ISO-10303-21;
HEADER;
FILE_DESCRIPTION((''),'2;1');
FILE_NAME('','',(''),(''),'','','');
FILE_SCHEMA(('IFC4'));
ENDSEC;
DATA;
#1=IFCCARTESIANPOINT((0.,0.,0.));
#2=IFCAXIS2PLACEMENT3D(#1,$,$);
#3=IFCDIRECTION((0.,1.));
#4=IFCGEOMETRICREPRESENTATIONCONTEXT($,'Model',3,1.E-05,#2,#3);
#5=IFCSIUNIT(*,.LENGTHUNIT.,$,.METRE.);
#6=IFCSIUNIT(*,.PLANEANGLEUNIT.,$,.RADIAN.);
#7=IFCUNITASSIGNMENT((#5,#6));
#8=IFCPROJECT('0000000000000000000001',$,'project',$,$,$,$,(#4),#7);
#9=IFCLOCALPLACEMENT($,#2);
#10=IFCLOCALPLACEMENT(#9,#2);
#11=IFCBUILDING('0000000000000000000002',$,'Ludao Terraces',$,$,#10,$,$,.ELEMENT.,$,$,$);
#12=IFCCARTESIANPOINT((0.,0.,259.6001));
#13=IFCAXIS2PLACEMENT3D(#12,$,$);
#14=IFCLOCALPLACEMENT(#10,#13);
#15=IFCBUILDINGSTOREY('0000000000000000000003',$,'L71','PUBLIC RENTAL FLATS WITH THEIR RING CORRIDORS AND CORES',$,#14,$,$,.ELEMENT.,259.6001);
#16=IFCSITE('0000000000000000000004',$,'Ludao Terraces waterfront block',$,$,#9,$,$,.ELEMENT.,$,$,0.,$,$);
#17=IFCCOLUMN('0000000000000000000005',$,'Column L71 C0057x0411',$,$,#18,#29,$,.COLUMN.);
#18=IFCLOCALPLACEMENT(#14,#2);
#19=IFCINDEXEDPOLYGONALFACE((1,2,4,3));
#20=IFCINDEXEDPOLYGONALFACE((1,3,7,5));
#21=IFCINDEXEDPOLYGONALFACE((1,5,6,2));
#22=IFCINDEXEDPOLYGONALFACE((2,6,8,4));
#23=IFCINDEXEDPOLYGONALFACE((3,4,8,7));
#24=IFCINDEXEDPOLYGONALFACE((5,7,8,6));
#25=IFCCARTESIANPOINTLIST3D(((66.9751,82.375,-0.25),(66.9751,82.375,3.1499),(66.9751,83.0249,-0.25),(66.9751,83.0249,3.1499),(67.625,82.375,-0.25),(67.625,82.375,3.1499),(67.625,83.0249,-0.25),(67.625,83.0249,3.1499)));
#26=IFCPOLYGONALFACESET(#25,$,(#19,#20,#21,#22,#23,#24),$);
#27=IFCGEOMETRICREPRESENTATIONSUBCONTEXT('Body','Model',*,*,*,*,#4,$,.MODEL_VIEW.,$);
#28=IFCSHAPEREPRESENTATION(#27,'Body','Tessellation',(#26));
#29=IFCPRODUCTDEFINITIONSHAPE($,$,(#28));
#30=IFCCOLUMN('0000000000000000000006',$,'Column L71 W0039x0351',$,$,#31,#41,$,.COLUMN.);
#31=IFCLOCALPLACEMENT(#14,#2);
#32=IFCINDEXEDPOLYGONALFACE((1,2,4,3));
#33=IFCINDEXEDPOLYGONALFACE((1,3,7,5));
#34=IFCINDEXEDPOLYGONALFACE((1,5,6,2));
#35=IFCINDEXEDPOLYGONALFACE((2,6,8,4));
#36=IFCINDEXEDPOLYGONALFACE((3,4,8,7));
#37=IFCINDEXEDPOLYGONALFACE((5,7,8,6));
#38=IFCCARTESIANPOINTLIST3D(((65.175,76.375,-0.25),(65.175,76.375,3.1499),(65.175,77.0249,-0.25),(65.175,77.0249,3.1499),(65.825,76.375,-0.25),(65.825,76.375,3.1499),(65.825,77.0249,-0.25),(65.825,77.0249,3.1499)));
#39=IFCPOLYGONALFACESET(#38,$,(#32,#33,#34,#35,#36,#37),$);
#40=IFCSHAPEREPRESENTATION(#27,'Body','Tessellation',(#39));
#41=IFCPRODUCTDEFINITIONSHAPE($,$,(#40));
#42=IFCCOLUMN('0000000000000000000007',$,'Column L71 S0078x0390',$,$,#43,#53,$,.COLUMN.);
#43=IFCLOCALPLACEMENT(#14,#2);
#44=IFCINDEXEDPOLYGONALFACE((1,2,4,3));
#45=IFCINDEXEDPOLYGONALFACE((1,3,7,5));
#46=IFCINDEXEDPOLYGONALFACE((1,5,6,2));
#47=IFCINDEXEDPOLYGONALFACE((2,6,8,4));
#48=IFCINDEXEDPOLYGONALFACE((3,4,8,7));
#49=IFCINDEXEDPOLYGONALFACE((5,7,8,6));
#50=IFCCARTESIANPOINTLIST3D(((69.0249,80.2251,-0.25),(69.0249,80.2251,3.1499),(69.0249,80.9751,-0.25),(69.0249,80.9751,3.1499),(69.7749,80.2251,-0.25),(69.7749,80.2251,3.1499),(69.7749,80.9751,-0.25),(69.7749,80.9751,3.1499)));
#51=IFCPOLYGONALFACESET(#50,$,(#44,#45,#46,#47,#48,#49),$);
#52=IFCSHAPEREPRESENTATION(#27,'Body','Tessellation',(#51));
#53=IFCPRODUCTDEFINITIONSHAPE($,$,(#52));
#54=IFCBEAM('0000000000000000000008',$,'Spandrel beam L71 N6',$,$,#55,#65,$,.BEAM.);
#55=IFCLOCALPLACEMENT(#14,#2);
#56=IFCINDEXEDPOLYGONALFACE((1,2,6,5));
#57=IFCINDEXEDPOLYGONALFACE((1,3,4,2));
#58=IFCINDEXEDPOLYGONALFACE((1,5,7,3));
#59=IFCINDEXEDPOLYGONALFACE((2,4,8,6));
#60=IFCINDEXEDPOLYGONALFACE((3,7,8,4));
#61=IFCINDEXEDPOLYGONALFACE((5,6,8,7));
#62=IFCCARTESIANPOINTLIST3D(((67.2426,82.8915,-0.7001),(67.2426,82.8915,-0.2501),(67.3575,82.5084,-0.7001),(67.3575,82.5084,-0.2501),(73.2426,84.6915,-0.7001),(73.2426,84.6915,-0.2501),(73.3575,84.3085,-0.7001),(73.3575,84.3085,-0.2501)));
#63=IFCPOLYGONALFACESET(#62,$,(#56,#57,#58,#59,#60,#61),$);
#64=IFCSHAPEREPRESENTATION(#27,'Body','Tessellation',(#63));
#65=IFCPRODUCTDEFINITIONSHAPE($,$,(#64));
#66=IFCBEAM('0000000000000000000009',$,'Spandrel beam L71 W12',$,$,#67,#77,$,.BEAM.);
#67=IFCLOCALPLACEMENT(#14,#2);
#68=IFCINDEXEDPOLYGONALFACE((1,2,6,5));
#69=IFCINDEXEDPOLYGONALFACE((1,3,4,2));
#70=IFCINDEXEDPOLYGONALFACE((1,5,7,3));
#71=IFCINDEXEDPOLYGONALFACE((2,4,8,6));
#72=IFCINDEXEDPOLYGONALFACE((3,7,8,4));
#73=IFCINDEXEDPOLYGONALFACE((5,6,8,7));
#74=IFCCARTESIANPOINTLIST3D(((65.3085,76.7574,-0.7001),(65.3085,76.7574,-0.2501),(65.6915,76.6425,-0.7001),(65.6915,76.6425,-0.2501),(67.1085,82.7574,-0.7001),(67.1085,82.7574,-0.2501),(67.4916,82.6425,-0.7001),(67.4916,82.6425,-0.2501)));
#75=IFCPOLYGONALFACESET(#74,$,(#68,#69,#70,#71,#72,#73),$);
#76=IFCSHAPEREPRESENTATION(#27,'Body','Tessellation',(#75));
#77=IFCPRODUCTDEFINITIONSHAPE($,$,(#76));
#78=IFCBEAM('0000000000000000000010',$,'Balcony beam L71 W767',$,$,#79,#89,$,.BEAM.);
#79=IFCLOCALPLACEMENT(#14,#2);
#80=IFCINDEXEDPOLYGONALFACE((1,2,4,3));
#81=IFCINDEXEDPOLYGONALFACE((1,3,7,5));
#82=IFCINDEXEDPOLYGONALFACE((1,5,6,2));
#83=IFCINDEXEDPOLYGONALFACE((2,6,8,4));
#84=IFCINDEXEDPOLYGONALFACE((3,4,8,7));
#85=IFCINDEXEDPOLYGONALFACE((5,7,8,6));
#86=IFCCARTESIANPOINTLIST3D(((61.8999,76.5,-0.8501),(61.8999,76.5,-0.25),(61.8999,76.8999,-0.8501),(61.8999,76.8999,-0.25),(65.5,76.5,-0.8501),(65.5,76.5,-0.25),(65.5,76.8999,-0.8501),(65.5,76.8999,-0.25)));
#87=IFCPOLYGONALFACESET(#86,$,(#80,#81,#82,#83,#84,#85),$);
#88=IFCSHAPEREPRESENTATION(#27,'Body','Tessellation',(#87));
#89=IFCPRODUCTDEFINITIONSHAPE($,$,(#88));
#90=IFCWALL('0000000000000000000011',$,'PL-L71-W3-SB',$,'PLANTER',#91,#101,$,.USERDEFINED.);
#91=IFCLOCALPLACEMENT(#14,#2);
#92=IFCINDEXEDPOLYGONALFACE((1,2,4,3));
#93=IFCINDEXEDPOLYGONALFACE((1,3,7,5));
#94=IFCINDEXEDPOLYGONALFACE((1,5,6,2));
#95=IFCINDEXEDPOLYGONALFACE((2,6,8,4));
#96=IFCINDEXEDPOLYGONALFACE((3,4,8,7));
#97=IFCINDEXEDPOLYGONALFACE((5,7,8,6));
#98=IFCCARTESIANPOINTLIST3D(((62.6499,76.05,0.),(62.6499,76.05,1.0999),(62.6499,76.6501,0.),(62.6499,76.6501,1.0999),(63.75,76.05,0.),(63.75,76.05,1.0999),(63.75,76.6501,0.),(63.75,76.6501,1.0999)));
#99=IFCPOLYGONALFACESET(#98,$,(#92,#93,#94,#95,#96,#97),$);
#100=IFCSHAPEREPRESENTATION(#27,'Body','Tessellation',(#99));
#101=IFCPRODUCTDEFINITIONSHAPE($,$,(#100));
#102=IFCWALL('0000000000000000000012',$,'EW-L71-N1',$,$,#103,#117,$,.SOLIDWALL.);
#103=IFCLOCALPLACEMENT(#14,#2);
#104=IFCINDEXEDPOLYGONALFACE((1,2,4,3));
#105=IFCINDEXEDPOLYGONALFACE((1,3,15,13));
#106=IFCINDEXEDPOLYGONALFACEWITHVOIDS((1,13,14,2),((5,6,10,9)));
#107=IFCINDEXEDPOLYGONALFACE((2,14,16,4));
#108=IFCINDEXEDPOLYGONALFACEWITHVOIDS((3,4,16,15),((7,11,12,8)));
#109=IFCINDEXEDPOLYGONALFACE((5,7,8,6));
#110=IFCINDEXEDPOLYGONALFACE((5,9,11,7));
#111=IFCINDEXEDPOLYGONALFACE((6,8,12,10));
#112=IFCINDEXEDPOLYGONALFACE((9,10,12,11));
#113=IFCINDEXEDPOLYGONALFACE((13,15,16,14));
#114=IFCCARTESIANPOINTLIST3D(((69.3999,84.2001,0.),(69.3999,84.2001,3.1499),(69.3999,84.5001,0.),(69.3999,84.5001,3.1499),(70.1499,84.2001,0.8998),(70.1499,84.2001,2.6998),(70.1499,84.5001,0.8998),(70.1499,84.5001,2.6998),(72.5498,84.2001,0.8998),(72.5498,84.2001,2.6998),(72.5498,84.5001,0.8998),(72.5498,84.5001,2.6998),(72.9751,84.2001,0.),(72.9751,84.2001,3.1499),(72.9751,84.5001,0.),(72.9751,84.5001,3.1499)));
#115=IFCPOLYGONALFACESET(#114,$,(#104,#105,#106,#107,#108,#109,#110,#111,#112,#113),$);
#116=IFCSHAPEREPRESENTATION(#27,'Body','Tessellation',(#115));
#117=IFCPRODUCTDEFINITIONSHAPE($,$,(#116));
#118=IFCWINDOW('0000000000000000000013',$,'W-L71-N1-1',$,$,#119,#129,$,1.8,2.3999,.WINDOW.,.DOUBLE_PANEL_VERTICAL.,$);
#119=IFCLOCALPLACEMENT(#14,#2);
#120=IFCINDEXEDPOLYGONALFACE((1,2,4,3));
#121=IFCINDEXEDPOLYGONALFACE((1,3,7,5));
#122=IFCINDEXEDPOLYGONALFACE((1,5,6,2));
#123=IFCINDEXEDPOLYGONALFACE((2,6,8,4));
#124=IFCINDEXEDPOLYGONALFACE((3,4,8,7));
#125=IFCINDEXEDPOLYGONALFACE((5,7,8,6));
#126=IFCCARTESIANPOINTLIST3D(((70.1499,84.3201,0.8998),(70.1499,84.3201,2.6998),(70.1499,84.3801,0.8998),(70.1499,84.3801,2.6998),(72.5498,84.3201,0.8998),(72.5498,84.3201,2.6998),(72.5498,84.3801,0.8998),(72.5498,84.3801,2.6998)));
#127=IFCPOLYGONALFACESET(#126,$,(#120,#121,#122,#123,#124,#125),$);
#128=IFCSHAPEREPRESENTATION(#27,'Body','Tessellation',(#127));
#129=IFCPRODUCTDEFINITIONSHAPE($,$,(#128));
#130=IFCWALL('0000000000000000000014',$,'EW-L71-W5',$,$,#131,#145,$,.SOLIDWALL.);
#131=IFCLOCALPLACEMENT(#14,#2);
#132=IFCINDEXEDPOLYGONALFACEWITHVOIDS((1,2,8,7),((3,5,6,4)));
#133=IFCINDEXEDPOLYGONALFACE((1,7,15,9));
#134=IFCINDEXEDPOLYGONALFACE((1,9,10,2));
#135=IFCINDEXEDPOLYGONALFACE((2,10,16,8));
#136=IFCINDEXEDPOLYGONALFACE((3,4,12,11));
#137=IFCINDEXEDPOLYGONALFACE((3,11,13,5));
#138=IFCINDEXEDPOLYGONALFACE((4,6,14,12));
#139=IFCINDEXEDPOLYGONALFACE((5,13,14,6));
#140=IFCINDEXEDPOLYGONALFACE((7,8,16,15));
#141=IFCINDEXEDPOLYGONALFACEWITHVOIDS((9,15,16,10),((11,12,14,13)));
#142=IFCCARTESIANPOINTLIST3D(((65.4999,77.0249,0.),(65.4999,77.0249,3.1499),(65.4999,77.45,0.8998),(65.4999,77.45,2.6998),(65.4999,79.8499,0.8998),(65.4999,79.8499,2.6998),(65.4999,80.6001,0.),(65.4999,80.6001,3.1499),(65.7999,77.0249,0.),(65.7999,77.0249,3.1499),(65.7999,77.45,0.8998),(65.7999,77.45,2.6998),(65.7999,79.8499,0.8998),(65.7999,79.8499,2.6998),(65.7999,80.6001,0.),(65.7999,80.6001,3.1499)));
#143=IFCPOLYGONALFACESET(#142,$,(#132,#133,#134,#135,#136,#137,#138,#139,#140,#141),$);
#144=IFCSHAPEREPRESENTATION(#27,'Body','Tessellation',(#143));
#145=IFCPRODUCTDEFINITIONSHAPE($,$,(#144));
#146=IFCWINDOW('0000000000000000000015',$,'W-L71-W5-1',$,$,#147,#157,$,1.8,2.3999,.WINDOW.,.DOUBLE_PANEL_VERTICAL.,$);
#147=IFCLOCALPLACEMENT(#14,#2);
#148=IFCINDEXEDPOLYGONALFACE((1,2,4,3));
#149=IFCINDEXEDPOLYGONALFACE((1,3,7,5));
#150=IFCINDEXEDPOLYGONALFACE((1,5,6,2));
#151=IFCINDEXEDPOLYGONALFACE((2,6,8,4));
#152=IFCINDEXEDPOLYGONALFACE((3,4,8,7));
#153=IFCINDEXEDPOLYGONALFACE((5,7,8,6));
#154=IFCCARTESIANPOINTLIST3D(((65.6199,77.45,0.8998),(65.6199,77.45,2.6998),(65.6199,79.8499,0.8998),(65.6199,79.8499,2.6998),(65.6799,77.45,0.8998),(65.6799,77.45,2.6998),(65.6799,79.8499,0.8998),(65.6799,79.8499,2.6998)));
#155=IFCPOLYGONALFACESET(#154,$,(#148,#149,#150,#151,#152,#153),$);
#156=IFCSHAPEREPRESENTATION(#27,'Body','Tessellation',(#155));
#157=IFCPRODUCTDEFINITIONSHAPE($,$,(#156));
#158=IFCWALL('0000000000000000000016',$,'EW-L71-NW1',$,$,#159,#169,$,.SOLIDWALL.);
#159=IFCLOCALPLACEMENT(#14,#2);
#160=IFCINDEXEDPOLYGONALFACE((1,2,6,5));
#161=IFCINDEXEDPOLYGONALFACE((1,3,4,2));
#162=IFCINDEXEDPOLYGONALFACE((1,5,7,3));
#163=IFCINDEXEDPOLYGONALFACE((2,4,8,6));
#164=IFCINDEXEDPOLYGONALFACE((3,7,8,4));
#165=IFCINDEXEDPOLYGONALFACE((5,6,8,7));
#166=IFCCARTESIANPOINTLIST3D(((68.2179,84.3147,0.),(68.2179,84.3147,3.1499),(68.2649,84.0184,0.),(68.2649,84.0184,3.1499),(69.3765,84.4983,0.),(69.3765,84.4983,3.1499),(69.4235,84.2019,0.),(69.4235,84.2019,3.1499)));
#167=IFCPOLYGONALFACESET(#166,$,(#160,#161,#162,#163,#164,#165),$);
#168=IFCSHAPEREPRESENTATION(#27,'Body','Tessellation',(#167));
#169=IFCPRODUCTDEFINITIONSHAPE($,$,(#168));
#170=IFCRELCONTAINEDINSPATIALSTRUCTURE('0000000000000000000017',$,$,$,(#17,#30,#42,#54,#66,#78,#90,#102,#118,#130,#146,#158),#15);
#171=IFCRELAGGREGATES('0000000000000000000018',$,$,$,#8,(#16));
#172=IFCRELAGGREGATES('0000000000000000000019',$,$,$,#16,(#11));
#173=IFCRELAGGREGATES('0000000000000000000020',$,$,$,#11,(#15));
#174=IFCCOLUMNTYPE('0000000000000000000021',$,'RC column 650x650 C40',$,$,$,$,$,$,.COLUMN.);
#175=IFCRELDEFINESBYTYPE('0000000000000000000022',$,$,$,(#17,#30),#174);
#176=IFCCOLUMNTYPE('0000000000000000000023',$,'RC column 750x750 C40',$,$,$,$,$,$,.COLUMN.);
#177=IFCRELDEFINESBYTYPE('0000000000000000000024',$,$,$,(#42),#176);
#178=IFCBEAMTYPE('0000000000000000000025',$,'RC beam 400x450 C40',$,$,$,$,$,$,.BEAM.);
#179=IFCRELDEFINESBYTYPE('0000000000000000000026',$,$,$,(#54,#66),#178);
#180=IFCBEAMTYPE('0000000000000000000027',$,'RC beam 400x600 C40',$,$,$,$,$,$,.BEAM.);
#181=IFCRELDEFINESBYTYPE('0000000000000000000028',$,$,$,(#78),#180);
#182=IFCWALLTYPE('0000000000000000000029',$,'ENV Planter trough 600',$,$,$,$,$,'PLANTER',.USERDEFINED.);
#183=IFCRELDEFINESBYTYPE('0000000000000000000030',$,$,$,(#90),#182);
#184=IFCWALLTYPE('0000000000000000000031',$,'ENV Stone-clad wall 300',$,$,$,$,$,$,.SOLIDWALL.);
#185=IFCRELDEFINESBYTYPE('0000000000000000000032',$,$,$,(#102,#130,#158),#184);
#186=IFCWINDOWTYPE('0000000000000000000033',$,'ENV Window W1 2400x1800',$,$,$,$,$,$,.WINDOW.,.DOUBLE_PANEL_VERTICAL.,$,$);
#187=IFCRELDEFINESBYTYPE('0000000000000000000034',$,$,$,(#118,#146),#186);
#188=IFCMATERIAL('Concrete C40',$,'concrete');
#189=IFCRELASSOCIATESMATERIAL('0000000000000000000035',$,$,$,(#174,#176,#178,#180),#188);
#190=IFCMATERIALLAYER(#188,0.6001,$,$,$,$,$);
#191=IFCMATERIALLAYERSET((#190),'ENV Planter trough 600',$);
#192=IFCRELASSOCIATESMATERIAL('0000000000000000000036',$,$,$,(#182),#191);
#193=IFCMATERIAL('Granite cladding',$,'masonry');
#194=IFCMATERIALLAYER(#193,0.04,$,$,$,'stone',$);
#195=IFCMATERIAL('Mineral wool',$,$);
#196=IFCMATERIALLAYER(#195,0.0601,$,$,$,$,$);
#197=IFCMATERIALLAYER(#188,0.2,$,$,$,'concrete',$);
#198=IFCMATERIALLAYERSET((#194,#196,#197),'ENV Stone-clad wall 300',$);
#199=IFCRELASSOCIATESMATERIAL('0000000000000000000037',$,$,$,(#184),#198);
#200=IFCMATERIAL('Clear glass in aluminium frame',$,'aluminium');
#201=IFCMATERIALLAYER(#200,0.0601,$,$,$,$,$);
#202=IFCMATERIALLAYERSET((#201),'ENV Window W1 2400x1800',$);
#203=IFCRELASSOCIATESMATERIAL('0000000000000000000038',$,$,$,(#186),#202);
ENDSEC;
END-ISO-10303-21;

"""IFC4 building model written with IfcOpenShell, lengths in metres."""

from ifc_helpers import new_model, si_unit, direction, frame, frame_2d, origin, origin_2d, place, context, subcontext, project, spatial, rectangle, extrude, material, layer, layer_set, material_profile, profile_set, type_object, element, fill, save


model = new_model("IFC4")

# Units and contexts
model_context = context("Model", 3, precision=1e-05, world=origin(), true_north=direction((0.0, 1.0)))
body_context = subcontext(model_context, "Body", "Model", "MODEL_VIEW")
ifc_project = project(units=[si_unit("LENGTHUNIT", "METRE"), si_unit("PLANEANGLEUNIT", "RADIAN")], contexts=[model_context])

# Site, building, storey
site_placement = place(None, origin())
site = spatial("IfcSite", under=ifc_project, at=site_placement, Name="Ludao Terraces waterfront block", CompositionType="ELEMENT", RefElevation=0.0)
building_placement = place(site_placement, origin())
building = spatial("IfcBuilding", under=site, at=building_placement, Name="Ludao Terraces", CompositionType="ELEMENT")
storey_placement = place(building_placement, frame((0.0, 0.0, 259.6001)))
storey = spatial("IfcBuildingStorey", under=building, at=storey_placement, Name="L71", Description="PUBLIC RENTAL FLATS WITH THEIR RING CORRIDORS AND CORES", CompositionType="ELEMENT", Elevation=259.6001)

# Columns
ifc_material_1 = material(Name="Concrete C40", Category="concrete")
ifc_material_profile_1 = material_profile(ifc_material_1, rectangle(XDim=0.6499, YDim=0.6499, at=origin_2d()), Name="650 X 650")
ifc_profile_set_1 = profile_set([ifc_material_profile_1], Name="Concrete C40")
column_type_1 = type_object("IfcColumnType", Name="RC column 650x650 C40", PredefinedType="COLUMN", material=ifc_profile_set_1)
for number, where, z_axis, x_axis, name in (
    (1, (67.3, 82.7, -0.25), (0.0, 0.0, 1.0), (1.0, 0.0, 0.0), "Column L71 C0057x0411"),
    (2, (65.5, 76.7, -0.25), (0.0, 0.0, 1.0), (1.0, 0.0, 0.0), "Column L71 W0039x0351"),
):
    element("IfcColumn", number, at=place(storey_placement, frame(where, z_axis=z_axis, x_axis=x_axis)), inside=storey, type_object=column_type_1, Name=name, PredefinedType="COLUMN", context=body_context, shape_type="SweptSolid", body=[
        extrude(rectangle(XDim=0.6499, YDim=0.6499, at=origin_2d()), origin(), (0.0, 0.0, 1.0), 3.3999),
    ])
ifc_material_profile_2 = material_profile(ifc_material_1, rectangle(XDim=0.75, YDim=0.75, at=origin_2d()), Name="750 X 750")
ifc_profile_set_2 = profile_set([ifc_material_profile_2], Name="Concrete C40")
column_type_2 = type_object("IfcColumnType", Name="RC column 750x750 C40", PredefinedType="COLUMN", material=ifc_profile_set_2)
column_placement = place(storey_placement, frame((69.3999, 80.6001, -0.25), z_axis=(0.0, 0.0, 1.0), x_axis=(1.0, 0.0, 0.0)))
element("IfcColumn", 3, at=column_placement, inside=storey, type_object=column_type_2, Name="Column L71 S0078x0390", PredefinedType="COLUMN", context=body_context, shape_type="SweptSolid", body=[
    extrude(rectangle(XDim=0.75, YDim=0.75, at=origin_2d()), origin(), (0.0, 0.0, 1.0), 3.3999),
])

# Beams
ifc_material_profile_3 = material_profile(ifc_material_1, rectangle(XDim=0.3999, YDim=0.45, at=origin_2d()), Name="400 X 450")
ifc_profile_set_3 = profile_set([ifc_material_profile_3], Name="Concrete C40")
beam_type_1 = type_object("IfcBeamType", Name="RC beam 400x450 C40", PredefinedType="BEAM", material=ifc_profile_set_3)
for number, where, z_axis, x_axis, name in (
    (4, (67.3, 82.7, -0.4751), (0.957824, 0.287355, 0.0), (-0.287355, 0.957824, 0.0), "Spandrel beam L71 N6"),
    (5, (65.5, 76.7, -0.4751), (0.287355, 0.957824, 0.0), (-0.957824, 0.287355, 0.0), "Spandrel beam L71 W12"),
):
    element("IfcBeam", number, at=place(storey_placement, frame(where, z_axis=z_axis, x_axis=x_axis)), inside=storey, type_object=beam_type_1, Name=name, PredefinedType="BEAM", context=body_context, shape_type="SweptSolid", body=[
        extrude(rectangle(XDim=0.3999, YDim=0.45, at=origin_2d()), origin(), (0.0, 0.0, 1.0), 6.2642),
    ])
ifc_material_profile_4 = material_profile(ifc_material_1, rectangle(XDim=0.3999, YDim=0.6001, at=origin_2d()), Name="400 X 600")
ifc_profile_set_4 = profile_set([ifc_material_profile_4], Name="Concrete C40")
beam_type_2 = type_object("IfcBeamType", Name="RC beam 400x600 C40", PredefinedType="BEAM", material=ifc_profile_set_4)
beam_placement = place(storey_placement, frame((65.5, 76.7, -0.55), z_axis=(-1.0, 0.0, 0.0), x_axis=(0.0, -1.0, 0.0)))
element("IfcBeam", 6, at=beam_placement, inside=storey, type_object=beam_type_2, Name="Balcony beam L71 W767", PredefinedType="BEAM", context=body_context, shape_type="SweptSolid", body=[
    extrude(rectangle(XDim=0.3999, YDim=0.6001, at=origin_2d()), origin(), (0.0, 0.0, 1.0), 3.6001),
])

# Wall
ifc_layer_1 = layer(ifc_material_1, 0.6001)
ifc_layer_set_1 = layer_set([ifc_layer_1], Name="ENV Planter trough 600")
wall_type_1 = type_object("IfcWallType", Name="ENV Planter trough 600", ElementType="PLANTER", PredefinedType="USERDEFINED", material=ifc_layer_set_1)
wall_1_placement = place(storey_placement, frame((62.6499, 76.3501, 0.0), z_axis=(0.0, 0.0, 1.0), x_axis=(1.0, 0.0, 0.0)))
element("IfcWall", 7, at=wall_1_placement, inside=storey, type_object=wall_type_1, Name="PL-L71-W3-SB", ObjectType="PLANTER", PredefinedType="USERDEFINED", context=body_context, shape_type="SweptSolid", body=[
    extrude(rectangle(XDim=1.1001, YDim=0.6001, at=frame_2d((0.55, 0.0))), origin(), (0.0, 0.0, 1.0), 1.0999),
])

# Walls, openings, windows
ifc_material_2 = material(Name="Granite cladding", Category="masonry")
ifc_layer_2 = layer(ifc_material_2, 0.04, Category="stone")
ifc_material_3 = material(Name="Mineral wool")
ifc_layer_3 = layer(ifc_material_3, 0.0601)
ifc_layer_4 = layer(ifc_material_1, 0.2, Category="concrete")
ifc_layer_set_2 = layer_set([ifc_layer_2, ifc_layer_3, ifc_layer_4], Name="ENV Stone-clad wall 300")
wall_type_2 = type_object("IfcWallType", Name="ENV Stone-clad wall 300", PredefinedType="SOLIDWALL", material=ifc_layer_set_2)
wall_2_placement = place(storey_placement, frame((69.3999, 84.3501, 0.0), z_axis=(0.0, 0.0, 1.0), x_axis=(1.0, 0.0, 0.0)))
wall_2 = element("IfcWall", 8, at=wall_2_placement, inside=storey, type_object=wall_type_2, Name="EW-L71-N1", PredefinedType="SOLIDWALL", context=body_context, shape_type="SweptSolid", body=[
    extrude(rectangle(XDim=3.5752, YDim=0.3, at=frame_2d((1.7876, 0.0))), origin(), (0.0, 0.0, 1.0), 3.1499),
])
opening_1_placement = place(wall_2_placement, frame((0.75, 0.0, 0.8999)))
opening_1 = element("IfcOpeningElement", 9, at=opening_1_placement, cuts=wall_2, PredefinedType="OPENING", context=body_context, shape_type="SweptSolid", body=[
    extrude(rectangle(XDim=2.3999, YDim=1.8, at=frame_2d((1.2, 0.8999))), frame((0.0, 0.1602, 0.0), z_axis=(0.0, -1.0, 0.0), x_axis=(1.0, 0.0, 0.0)), (0.0, 0.0, 1.0), 0.3201),
])
ifc_material_4 = material(Name="Clear glass in aluminium frame", Category="aluminium")
ifc_layer_5 = layer(ifc_material_4, 0.0601)
ifc_layer_set_3 = layer_set([ifc_layer_5], Name="ENV Window W1 2400x1800")
window_type_1 = type_object("IfcWindowType", Name="ENV Window W1 2400x1800", PartitioningType="DOUBLE_PANEL_VERTICAL", PredefinedType="WINDOW", material=ifc_layer_set_3)
window_1_placement = place(opening_1_placement, origin())
window_1 = element("IfcWindow", 10, at=window_1_placement, inside=storey, type_object=window_type_1, Name="W-L71-N1-1", OverallHeight=1.8, OverallWidth=2.3999, PartitioningType="DOUBLE_PANEL_VERTICAL", PredefinedType="WINDOW", context=body_context, shape_type="SweptSolid", body=[
    extrude(rectangle(XDim=2.3999, YDim=1.8, at=frame_2d((1.2, 0.8999))), frame((0.0, 0.03, 0.0), z_axis=(0.0, -1.0, 0.0), x_axis=(1.0, 0.0, 0.0)), (0.0, 0.0, 1.0), 0.0601),
])
fill(opening_1, window_1)
wall_3_placement = place(storey_placement, frame((65.6499, 77.0249, 0.0), z_axis=(0.0, 0.0, 1.0), x_axis=(0.0, 1.0, 0.0)))
wall_3 = element("IfcWall", 11, at=wall_3_placement, inside=storey, type_object=wall_type_2, Name="EW-L71-W5", PredefinedType="SOLIDWALL", context=body_context, shape_type="SweptSolid", body=[
    extrude(rectangle(XDim=3.5752, YDim=0.3, at=frame_2d((1.7876, 0.0))), origin(), (0.0, 0.0, 1.0), 3.1499),
])
opening_2_placement = place(wall_3_placement, frame((0.425, 0.0, 0.8999)))
opening_2 = element("IfcOpeningElement", 12, at=opening_2_placement, cuts=wall_3, PredefinedType="OPENING", context=body_context, shape_type="SweptSolid", body=[
    extrude(rectangle(XDim=2.3999, YDim=1.8, at=frame_2d((1.2, 0.8999))), frame((0.0, 0.1602, 0.0), z_axis=(0.0, -1.0, 0.0), x_axis=(1.0, 0.0, 0.0)), (0.0, 0.0, 1.0), 0.3201),
])
window_2_placement = place(opening_2_placement, origin())
window_2 = element("IfcWindow", 13, at=window_2_placement, inside=storey, type_object=window_type_1, Name="W-L71-W5-1", OverallHeight=1.8, OverallWidth=2.3999, PartitioningType="DOUBLE_PANEL_VERTICAL", PredefinedType="WINDOW", context=body_context, shape_type="SweptSolid", body=[
    extrude(rectangle(XDim=2.3999, YDim=1.8, at=frame_2d((1.2, 0.8999))), frame((0.0, 0.03, 0.0), z_axis=(0.0, -1.0, 0.0), x_axis=(1.0, 0.0, 0.0)), (0.0, 0.0, 1.0), 0.0601),
])
fill(opening_2, window_2)

# Wall
wall_4_placement = place(storey_placement, frame((69.3999, 84.3501, 0.0), z_axis=(0.0, 0.0, 1.0), x_axis=(-0.987678, -0.156497, 0.0)))
element("IfcWall", 14, at=wall_4_placement, inside=storey, type_object=wall_type_2, Name="EW-L71-NW1", PredefinedType="SOLIDWALL", context=body_context, shape_type="SweptSolid", body=[
    extrude(rectangle(XDim=1.1731, YDim=0.3, at=frame_2d((0.5864, 0.0))), origin(), (0.0, 0.0, 1.0), 3.1499),
])

save(model, "model.ifc")
